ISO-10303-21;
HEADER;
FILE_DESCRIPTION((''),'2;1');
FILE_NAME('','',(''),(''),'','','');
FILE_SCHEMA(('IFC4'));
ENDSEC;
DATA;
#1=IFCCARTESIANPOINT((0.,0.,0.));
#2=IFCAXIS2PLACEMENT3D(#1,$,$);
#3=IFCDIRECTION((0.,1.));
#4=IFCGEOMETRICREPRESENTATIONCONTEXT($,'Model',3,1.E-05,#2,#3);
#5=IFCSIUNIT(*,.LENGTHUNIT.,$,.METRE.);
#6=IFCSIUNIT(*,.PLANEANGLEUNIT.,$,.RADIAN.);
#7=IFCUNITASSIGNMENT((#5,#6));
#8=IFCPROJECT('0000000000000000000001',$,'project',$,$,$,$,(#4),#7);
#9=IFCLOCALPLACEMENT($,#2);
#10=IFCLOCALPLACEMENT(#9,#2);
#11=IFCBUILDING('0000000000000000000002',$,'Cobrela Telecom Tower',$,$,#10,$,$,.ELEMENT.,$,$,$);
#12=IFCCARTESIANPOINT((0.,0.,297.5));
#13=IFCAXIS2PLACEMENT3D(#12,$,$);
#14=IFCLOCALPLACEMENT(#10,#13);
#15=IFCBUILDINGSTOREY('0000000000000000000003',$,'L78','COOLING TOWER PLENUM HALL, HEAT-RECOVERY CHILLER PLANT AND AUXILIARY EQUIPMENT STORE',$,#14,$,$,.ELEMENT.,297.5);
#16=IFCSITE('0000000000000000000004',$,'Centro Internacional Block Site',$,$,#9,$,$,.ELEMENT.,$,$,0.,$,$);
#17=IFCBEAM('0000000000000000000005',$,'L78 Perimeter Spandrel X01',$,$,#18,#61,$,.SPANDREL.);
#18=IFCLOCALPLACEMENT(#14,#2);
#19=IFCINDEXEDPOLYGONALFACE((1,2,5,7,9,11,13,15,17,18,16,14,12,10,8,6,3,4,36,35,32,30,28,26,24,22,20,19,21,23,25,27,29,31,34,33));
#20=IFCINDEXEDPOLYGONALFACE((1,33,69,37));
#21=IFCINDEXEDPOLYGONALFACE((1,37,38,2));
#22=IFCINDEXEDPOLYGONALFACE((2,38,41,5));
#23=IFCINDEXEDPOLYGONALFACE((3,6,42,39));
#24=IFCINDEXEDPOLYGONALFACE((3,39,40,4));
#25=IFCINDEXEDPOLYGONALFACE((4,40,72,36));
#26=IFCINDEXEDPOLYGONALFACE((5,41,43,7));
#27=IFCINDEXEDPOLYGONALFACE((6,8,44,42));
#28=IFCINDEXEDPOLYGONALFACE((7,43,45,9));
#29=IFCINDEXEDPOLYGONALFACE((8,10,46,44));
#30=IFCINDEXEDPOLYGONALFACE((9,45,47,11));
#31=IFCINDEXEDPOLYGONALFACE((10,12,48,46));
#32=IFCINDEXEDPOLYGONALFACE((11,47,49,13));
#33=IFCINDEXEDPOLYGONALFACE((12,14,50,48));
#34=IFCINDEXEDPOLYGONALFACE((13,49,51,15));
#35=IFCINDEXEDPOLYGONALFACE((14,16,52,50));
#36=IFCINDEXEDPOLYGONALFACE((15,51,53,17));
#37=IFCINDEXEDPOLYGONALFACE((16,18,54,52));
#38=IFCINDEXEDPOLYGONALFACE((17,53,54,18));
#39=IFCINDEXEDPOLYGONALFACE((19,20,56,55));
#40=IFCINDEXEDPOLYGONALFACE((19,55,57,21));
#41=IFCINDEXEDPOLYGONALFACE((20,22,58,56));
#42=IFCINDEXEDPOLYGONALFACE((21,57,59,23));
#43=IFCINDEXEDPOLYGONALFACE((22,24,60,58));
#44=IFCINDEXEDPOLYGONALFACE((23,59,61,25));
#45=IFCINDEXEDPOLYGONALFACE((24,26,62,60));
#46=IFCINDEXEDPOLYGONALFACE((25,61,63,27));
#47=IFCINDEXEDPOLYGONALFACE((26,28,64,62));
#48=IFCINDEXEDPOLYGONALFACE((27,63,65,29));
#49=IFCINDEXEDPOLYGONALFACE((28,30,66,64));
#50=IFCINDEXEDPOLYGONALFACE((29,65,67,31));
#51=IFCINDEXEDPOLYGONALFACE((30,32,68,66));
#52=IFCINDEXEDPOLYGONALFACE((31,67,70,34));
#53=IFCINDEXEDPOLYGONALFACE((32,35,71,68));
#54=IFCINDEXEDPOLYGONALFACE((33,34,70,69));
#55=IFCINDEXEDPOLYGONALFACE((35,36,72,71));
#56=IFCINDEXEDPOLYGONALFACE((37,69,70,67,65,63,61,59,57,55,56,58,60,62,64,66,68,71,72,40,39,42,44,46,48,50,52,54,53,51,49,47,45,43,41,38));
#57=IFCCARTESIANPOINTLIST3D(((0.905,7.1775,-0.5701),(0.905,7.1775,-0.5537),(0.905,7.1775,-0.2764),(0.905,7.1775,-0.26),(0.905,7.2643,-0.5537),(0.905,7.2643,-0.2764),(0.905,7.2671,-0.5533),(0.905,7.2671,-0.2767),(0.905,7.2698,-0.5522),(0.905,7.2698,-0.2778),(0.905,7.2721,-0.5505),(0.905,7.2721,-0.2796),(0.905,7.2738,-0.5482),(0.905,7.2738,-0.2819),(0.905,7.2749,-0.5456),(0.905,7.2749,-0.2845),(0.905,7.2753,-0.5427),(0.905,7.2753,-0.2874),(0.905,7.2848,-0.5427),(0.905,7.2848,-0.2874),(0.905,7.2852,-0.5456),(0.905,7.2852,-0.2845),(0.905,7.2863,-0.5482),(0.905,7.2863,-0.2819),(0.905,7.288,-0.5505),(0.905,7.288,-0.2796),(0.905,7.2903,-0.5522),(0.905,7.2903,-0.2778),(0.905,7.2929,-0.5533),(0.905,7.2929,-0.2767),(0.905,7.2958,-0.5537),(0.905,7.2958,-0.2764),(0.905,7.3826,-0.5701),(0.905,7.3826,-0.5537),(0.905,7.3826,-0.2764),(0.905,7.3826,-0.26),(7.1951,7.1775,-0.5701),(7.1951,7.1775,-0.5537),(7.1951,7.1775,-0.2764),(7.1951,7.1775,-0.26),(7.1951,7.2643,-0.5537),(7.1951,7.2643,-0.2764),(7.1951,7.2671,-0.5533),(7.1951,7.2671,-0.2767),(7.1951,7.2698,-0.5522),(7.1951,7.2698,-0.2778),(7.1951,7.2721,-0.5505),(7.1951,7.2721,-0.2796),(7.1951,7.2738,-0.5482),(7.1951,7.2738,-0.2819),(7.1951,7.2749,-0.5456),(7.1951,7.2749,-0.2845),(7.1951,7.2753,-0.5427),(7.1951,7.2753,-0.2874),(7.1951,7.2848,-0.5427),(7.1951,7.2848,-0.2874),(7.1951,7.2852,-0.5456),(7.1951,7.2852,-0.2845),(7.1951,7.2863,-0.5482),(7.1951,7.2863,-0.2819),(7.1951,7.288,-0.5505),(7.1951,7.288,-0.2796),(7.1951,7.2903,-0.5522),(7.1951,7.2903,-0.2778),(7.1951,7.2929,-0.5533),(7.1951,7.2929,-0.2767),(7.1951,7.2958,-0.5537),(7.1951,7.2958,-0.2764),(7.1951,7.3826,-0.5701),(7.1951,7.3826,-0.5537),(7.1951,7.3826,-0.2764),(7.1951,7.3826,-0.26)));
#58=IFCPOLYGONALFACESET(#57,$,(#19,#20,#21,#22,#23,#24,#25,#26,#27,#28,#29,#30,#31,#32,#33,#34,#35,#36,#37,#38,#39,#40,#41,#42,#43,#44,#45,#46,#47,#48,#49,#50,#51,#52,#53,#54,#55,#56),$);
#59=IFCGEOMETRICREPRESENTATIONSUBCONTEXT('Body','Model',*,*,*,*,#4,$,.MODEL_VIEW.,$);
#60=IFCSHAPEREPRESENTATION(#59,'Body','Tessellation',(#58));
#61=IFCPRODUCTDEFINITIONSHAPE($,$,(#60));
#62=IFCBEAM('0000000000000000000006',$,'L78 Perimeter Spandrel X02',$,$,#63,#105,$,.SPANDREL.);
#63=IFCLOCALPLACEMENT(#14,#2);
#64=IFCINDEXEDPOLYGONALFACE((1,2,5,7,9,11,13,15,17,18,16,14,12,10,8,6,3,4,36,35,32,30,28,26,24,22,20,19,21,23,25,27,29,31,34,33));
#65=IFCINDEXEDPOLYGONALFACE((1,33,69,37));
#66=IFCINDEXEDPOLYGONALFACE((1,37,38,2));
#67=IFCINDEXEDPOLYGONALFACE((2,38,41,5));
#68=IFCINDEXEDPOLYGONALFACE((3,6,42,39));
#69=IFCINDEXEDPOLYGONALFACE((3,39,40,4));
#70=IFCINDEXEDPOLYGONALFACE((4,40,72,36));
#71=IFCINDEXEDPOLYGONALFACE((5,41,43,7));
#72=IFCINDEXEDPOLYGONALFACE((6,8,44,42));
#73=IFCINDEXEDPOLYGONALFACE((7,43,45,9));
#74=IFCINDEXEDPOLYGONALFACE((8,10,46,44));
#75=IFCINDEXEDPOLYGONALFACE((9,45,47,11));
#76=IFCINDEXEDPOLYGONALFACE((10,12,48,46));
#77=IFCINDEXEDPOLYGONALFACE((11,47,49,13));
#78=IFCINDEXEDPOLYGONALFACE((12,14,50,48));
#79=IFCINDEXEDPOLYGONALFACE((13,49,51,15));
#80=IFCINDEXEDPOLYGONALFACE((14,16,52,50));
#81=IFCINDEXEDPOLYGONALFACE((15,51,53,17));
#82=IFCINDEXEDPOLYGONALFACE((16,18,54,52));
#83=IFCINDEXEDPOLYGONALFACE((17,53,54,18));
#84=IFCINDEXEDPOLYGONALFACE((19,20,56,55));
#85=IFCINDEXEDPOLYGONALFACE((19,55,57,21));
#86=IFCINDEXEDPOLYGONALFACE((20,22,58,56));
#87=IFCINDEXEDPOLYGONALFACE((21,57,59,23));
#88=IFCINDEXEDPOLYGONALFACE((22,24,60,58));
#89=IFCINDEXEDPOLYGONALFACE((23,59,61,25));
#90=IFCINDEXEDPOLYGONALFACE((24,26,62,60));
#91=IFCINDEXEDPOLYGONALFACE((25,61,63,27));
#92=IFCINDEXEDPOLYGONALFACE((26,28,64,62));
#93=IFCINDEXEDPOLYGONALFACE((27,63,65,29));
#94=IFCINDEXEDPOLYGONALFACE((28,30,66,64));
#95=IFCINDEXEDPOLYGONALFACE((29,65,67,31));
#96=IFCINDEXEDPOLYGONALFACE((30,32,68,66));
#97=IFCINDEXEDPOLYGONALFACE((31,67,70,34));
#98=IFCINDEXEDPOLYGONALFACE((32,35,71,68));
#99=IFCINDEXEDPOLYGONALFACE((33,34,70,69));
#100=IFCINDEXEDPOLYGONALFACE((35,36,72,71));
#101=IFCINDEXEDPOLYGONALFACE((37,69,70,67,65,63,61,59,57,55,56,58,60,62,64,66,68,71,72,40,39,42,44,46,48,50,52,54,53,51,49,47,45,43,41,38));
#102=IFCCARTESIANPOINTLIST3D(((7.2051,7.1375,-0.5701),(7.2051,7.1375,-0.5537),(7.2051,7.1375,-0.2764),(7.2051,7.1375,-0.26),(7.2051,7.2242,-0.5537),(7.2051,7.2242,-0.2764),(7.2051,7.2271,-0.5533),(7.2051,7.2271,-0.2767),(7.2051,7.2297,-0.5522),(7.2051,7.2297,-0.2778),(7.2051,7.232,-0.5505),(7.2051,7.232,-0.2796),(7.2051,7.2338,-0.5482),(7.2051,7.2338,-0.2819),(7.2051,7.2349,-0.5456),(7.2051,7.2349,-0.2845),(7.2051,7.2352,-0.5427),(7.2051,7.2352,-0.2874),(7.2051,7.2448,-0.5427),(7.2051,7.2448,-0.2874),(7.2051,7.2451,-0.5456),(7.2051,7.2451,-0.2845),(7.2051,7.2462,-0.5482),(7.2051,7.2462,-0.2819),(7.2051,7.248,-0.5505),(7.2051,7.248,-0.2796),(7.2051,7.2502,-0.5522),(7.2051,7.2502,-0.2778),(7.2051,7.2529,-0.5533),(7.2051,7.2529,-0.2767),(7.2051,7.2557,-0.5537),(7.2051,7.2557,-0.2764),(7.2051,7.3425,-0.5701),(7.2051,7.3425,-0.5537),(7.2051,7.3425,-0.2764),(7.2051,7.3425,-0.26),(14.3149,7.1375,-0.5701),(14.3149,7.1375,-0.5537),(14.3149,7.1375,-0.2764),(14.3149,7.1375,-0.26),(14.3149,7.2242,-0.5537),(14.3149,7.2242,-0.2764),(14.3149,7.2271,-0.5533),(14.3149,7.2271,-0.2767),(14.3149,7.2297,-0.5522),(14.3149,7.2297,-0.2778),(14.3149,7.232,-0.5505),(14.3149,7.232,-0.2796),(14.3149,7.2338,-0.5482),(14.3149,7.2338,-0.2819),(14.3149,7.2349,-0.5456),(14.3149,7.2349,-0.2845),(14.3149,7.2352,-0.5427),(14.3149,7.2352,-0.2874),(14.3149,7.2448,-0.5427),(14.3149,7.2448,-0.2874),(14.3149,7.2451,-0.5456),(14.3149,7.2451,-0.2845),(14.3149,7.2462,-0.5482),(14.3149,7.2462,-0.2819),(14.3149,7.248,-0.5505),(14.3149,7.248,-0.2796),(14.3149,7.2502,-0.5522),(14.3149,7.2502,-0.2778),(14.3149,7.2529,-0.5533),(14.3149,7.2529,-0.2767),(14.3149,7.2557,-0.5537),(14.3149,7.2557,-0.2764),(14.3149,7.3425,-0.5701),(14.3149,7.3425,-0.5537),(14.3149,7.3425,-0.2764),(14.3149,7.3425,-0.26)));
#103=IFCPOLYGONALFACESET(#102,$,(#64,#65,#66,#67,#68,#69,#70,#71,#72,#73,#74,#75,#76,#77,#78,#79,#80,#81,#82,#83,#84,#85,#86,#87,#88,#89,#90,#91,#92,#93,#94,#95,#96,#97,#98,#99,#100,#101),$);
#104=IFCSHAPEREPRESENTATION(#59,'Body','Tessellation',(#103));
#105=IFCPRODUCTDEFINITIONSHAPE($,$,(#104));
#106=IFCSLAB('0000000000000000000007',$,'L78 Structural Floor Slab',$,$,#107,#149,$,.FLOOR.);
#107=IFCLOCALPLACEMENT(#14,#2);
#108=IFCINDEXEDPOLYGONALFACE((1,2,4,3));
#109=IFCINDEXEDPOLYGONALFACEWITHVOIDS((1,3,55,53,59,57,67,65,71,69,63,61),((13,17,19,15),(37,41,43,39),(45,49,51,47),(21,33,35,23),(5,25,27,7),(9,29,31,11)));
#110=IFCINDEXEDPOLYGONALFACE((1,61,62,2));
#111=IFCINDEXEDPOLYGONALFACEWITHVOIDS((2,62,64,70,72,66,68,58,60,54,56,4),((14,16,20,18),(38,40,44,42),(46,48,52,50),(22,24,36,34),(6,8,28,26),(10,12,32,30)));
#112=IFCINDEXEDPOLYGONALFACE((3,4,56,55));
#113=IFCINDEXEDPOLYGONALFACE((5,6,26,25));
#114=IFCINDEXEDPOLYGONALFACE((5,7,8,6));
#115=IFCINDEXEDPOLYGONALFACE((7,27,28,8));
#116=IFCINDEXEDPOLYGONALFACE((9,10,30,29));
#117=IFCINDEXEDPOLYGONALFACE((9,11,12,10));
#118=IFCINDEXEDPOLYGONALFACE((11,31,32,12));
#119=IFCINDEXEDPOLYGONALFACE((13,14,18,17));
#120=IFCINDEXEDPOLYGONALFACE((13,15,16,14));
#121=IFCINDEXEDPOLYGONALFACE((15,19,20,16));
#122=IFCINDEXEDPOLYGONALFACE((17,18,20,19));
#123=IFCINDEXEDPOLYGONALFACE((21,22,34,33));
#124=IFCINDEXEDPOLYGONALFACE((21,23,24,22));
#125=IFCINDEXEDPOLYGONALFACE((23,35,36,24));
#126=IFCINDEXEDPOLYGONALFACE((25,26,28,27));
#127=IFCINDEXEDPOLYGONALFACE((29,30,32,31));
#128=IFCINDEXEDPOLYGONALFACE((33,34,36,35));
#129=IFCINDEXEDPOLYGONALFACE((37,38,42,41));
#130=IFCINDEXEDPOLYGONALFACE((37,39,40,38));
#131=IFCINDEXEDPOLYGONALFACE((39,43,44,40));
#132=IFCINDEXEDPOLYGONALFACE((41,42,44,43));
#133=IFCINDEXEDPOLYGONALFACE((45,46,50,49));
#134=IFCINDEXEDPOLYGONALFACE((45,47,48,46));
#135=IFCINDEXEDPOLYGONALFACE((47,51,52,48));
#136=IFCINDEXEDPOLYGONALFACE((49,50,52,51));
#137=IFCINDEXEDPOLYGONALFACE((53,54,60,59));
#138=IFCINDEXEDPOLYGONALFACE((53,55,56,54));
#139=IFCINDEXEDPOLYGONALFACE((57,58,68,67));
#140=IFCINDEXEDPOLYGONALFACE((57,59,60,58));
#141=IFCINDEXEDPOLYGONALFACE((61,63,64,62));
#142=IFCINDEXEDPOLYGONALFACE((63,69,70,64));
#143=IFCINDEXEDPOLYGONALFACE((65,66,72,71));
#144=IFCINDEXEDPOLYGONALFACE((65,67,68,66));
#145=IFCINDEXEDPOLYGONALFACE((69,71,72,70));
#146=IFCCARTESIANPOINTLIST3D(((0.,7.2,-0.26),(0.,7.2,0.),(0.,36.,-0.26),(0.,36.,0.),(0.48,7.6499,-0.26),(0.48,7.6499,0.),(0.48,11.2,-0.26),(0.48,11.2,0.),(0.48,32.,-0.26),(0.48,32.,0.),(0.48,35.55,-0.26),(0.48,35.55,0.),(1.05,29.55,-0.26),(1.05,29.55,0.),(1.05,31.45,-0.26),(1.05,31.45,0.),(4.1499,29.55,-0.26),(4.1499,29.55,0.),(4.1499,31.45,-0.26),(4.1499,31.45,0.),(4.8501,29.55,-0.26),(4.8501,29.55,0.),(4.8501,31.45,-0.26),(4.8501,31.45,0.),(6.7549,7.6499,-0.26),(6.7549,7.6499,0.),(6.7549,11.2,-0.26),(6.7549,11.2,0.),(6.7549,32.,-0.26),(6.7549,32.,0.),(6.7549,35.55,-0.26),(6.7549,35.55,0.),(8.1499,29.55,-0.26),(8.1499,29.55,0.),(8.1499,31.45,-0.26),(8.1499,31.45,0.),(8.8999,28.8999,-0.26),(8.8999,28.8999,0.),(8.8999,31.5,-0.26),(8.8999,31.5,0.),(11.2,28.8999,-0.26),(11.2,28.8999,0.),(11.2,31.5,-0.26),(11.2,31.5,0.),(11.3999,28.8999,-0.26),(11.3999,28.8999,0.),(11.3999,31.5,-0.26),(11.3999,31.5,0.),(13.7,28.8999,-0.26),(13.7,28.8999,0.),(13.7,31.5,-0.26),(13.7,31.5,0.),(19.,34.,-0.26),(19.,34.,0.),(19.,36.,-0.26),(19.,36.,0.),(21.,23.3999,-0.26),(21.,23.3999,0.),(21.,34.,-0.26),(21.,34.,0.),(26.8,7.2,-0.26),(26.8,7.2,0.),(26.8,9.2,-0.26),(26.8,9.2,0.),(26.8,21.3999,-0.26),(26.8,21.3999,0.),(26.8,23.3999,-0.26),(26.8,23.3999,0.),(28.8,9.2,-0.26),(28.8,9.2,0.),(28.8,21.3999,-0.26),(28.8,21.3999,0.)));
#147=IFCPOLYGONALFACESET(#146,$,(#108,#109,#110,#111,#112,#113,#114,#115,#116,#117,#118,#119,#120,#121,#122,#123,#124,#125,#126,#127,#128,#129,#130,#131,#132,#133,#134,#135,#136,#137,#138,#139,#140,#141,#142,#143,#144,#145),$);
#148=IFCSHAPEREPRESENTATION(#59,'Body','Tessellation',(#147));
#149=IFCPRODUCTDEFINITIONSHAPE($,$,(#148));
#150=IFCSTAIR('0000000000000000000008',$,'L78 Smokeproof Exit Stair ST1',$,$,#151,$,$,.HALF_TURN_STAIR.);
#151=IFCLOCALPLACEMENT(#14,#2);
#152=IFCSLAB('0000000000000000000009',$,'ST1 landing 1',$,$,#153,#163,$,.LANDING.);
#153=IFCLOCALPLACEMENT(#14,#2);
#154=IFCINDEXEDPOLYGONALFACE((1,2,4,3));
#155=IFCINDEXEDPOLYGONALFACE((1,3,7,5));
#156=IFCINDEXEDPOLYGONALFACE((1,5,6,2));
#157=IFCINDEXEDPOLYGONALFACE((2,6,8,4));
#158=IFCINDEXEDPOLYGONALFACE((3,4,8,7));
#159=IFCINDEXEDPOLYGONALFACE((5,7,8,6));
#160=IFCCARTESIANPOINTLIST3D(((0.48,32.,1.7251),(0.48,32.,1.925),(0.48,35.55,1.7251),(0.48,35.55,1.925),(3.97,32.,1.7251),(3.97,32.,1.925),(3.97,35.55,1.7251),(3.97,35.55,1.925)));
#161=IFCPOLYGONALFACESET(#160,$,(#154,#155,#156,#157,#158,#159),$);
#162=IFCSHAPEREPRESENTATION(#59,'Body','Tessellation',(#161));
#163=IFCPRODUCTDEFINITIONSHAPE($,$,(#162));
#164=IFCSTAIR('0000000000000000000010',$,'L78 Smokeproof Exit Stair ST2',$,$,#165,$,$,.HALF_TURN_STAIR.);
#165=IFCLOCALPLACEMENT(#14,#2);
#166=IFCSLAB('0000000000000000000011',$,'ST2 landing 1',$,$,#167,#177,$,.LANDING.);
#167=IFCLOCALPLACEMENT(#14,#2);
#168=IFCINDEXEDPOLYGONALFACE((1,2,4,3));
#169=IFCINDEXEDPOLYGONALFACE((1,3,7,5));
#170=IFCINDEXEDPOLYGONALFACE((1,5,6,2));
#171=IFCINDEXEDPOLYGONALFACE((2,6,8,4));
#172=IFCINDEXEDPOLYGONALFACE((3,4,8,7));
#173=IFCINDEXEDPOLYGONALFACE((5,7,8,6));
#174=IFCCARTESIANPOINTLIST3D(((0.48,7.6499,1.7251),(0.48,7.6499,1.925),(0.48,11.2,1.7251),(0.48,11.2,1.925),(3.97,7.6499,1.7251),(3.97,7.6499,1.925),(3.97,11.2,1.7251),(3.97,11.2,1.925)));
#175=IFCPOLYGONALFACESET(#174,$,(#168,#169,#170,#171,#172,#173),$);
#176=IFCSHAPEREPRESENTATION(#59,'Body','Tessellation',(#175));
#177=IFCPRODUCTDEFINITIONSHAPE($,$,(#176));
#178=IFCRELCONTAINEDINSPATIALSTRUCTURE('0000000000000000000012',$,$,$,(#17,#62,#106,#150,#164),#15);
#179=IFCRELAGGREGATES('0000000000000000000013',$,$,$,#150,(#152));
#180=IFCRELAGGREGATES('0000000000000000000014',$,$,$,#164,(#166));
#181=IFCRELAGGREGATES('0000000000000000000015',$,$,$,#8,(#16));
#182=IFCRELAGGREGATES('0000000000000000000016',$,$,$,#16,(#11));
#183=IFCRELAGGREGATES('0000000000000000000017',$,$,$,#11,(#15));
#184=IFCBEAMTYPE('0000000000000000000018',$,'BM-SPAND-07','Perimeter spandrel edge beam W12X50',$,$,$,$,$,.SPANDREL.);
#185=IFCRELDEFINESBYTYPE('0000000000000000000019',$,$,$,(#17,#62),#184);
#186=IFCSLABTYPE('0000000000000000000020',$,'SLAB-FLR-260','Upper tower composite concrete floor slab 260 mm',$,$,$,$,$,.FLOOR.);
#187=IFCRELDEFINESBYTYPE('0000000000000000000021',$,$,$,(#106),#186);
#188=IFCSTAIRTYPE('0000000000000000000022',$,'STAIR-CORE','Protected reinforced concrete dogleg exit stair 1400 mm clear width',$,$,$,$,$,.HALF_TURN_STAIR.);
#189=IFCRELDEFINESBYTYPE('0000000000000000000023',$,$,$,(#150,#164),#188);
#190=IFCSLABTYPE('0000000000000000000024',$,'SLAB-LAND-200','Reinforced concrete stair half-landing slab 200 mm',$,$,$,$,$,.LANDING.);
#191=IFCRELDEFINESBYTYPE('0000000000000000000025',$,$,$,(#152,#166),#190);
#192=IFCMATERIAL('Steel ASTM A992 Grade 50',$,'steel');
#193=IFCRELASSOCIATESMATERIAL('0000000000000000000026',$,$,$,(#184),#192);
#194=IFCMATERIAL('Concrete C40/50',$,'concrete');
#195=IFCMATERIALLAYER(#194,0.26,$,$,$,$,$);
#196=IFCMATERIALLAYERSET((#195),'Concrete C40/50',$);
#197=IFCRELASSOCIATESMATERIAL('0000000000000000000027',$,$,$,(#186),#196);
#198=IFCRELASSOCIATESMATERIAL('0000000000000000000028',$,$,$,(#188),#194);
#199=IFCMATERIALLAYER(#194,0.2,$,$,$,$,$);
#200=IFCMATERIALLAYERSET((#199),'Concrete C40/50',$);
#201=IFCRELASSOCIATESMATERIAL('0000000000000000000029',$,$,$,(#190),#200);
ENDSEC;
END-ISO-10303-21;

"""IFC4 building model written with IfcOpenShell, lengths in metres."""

from ifc_helpers import new_model, si_unit, direction, frame, origin, origin_2d, place, context, subcontext, project, spatial, polyline, i_section, outline, extrude, material, layer, layer_set, material_profile, profile_set, type_object, element, aggregate, save


model = new_model("IFC4")

# Units and contexts
model_context = context("Model", 3, precision=1e-05, world=origin(), true_north=direction((0.0, 1.0)))
body_context = subcontext(model_context, "Body", "Model", "MODEL_VIEW")
ifc_project = project(units=[si_unit("LENGTHUNIT", "METRE"), si_unit("PLANEANGLEUNIT", "RADIAN")], contexts=[model_context])

# Site, building, storey
site_placement = place(None, origin())
site = spatial("IfcSite", under=ifc_project, at=site_placement, Name="Centro Internacional Block Site", CompositionType="ELEMENT", RefElevation=0.0)
building_placement = place(site_placement, origin())
building = spatial("IfcBuilding", under=site, at=building_placement, Name="Cobrela Telecom Tower", CompositionType="ELEMENT")
storey_placement = place(building_placement, frame((0.0, 0.0, 297.5)))
storey = spatial("IfcBuildingStorey", under=building, at=storey_placement, Name="L78", Description="COOLING TOWER PLENUM HALL, HEAT-RECOVERY CHILLER PLANT AND AUXILIARY EQUIPMENT STORE", CompositionType="ELEMENT", Elevation=297.5)

# Beams
ifc_material_1 = material(Name="Steel ASTM A992 Grade 50", Category="steel")
ifc_material_profile = material_profile(ifc_material_1, i_section(OverallWidth=0.2051, OverallDepth=0.3101, WebThickness=0.0095, FlangeThickness=0.0164, FilletRadius=0.011, at=origin_2d()), Name="W12X50")
ifc_profile_set = profile_set([ifc_material_profile], Name="Steel ASTM A992 Grade 50")
beam_type = type_object("IfcBeamType", Name="BM-SPAND-07", Description="Perimeter spandrel edge beam W12X50", PredefinedType="SPANDREL", material=ifc_profile_set)
beam_1_placement = place(storey_placement, frame((0.905, 7.28, -0.415), z_axis=(1.0, 0.0, 0.0), x_axis=(0.0, 1.0, 0.0)))
element("IfcBeam", 1, at=beam_1_placement, inside=storey, type_object=beam_type, Name="L78 Perimeter Spandrel X01", PredefinedType="SPANDREL", context=body_context, shape_type="SweptSolid", body=[
    extrude(i_section(OverallWidth=0.2051, OverallDepth=0.3101, WebThickness=0.0095, FlangeThickness=0.0164, FilletRadius=0.011, at=origin_2d()), origin(), (0.0, 0.0, 1.0), 6.29),
])
beam_2_placement = place(storey_placement, frame((7.2051, 7.24, -0.415), z_axis=(1.0, 0.0, 0.0), x_axis=(0.0, 1.0, 0.0)))
element("IfcBeam", 2, at=beam_2_placement, inside=storey, type_object=beam_type, Name="L78 Perimeter Spandrel X02", PredefinedType="SPANDREL", context=body_context, shape_type="SweptSolid", body=[
    extrude(i_section(OverallWidth=0.2051, OverallDepth=0.3101, WebThickness=0.0095, FlangeThickness=0.0164, FilletRadius=0.011, at=origin_2d()), origin(), (0.0, 0.0, 1.0), 7.1099),
])

# Slab, openings
ifc_material_2 = material(Name="Concrete C40/50", Category="concrete")
ifc_layer_1 = layer(ifc_material_2, 0.26)
ifc_layer_set_1 = layer_set([ifc_layer_1], Name="Concrete C40/50")
slab_type_1 = type_object("IfcSlabType", Name="SLAB-FLR-260", Description="Upper tower composite concrete floor slab 260 mm", PredefinedType="FLOOR", material=ifc_layer_set_1)
slab_1_placement = place(storey_placement, frame((0.0, 0.0, -0.26)))
slab_1 = element("IfcSlab", 3, at=slab_1_placement, inside=storey, type_object=slab_type_1, Name="L78 Structural Floor Slab", PredefinedType="FLOOR", context=body_context, shape_type="SweptSolid", body=[
    extrude(outline(polyline([(0.0, 7.2), (26.8, 7.2), (26.8, 9.2), (28.8, 9.2), (28.8, 21.3999), (26.8, 21.3999), (26.8, 23.3999), (21.0, 23.3999), (21.0, 34.0), (19.0, 34.0), (19.0, 36.0), (0.0, 36.0), (0.0, 7.2)])), origin(), (0.0, 0.0, 1.0), 0.26),
])
opening_1_placement = place(slab_1_placement, frame((0.0, 0.0, -0.02)))
element("IfcOpeningElement", 4, at=opening_1_placement, cuts=slab_1, PredefinedType="OPENING", context=body_context, shape_type="SweptSolid", body=[
    extrude(outline(polyline([(8.8999, 28.8999), (11.2, 28.8999), (11.2, 31.5), (8.8999, 31.5), (8.8999, 28.8999)])), origin(), (0.0, 0.0, 1.0), 0.3),
])
opening_2_placement = place(slab_1_placement, frame((0.0, 0.0, -0.02)))
element("IfcOpeningElement", 5, at=opening_2_placement, cuts=slab_1, PredefinedType="OPENING", context=body_context, shape_type="SweptSolid", body=[
    extrude(outline(polyline([(11.3999, 28.8999), (13.7, 28.8999), (13.7, 31.5), (11.3999, 31.5), (11.3999, 28.8999)])), origin(), (0.0, 0.0, 1.0), 0.3),
])
opening_3_placement = place(slab_1_placement, frame((0.0, 0.0, -0.02)))
element("IfcOpeningElement", 6, at=opening_3_placement, cuts=slab_1, PredefinedType="OPENING", context=body_context, shape_type="SweptSolid", body=[
    extrude(outline(polyline([(1.05, 29.55), (4.1499, 29.55), (4.1499, 31.45), (1.05, 31.45), (1.05, 29.55)])), origin(), (0.0, 0.0, 1.0), 0.3),
])
opening_4_placement = place(slab_1_placement, frame((0.0, 0.0, -0.02)))
element("IfcOpeningElement", 7, at=opening_4_placement, cuts=slab_1, PredefinedType="OPENING", context=body_context, shape_type="SweptSolid", body=[
    extrude(outline(polyline([(4.8501, 29.55), (8.1499, 29.55), (8.1499, 31.45), (4.8501, 31.45), (4.8501, 29.55)])), origin(), (0.0, 0.0, 1.0), 0.3),
])
opening_5_placement = place(slab_1_placement, frame((0.0, 0.0, -0.02)))
element("IfcOpeningElement", 8, at=opening_5_placement, cuts=slab_1, PredefinedType="OPENING", context=body_context, shape_type="SweptSolid", body=[
    extrude(outline(polyline([(6.7549, 35.55), (0.48, 35.55), (0.48, 32.0), (6.7549, 32.0), (6.7549, 35.55)])), origin(), (0.0, 0.0, 1.0), 0.3),
])
opening_6_placement = place(slab_1_placement, frame((0.0, 0.0, -0.02)))
element("IfcOpeningElement", 9, at=opening_6_placement, cuts=slab_1, PredefinedType="OPENING", context=body_context, shape_type="SweptSolid", body=[
    extrude(outline(polyline([(6.7549, 11.2), (0.48, 11.2), (0.48, 7.6499), (6.7549, 7.6499), (6.7549, 11.2)])), origin(), (0.0, 0.0, 1.0), 0.3),
])

# Stairs, slabs
stair_type = type_object("IfcStairType", Name="STAIR-CORE", Description="Protected reinforced concrete dogleg exit stair 1400 mm clear width", PredefinedType="HALF_TURN_STAIR", material=ifc_material_2)
stair_1_placement = place(storey_placement, origin())
stair_1 = element("IfcStair", 10, at=stair_1_placement, inside=storey, type_object=stair_type, Name="L78 Smokeproof Exit Stair ST1", PredefinedType="HALF_TURN_STAIR")
ifc_layer_2 = layer(ifc_material_2, 0.2)
ifc_layer_set_2 = layer_set([ifc_layer_2], Name="Concrete C40/50")
slab_type_2 = type_object("IfcSlabType", Name="SLAB-LAND-200", Description="Reinforced concrete stair half-landing slab 200 mm", PredefinedType="LANDING", material=ifc_layer_set_2)
slab_2_placement = place(storey_placement, frame((0.0, 0.0, 1.7251)))
slab_2 = element("IfcSlab", 11, at=slab_2_placement, type_object=slab_type_2, Name="ST1 landing 1", PredefinedType="LANDING", context=body_context, shape_type="SweptSolid", body=[
    extrude(outline(polyline([(3.97, 35.55), (0.48, 35.55), (0.48, 32.0), (3.97, 32.0), (3.97, 35.55)])), origin(), (0.0, 0.0, 1.0), 0.2),
])
aggregate(stair_1, [slab_2])
stair_2_placement = place(storey_placement, origin())
stair_2 = element("IfcStair", 12, at=stair_2_placement, inside=storey, type_object=stair_type, Name="L78 Smokeproof Exit Stair ST2", PredefinedType="HALF_TURN_STAIR")
slab_3_placement = place(storey_placement, frame((0.0, 0.0, 1.7251)))
slab_3 = element("IfcSlab", 13, at=slab_3_placement, type_object=slab_type_2, Name="ST2 landing 1", PredefinedType="LANDING", context=body_context, shape_type="SweptSolid", body=[
    extrude(outline(polyline([(3.97, 11.2), (0.48, 11.2), (0.48, 7.6499), (3.97, 7.6499), (3.97, 11.2)])), origin(), (0.0, 0.0, 1.0), 0.2),
])

aggregate(stair_2, [slab_3])

save(model, "model.ifc")
